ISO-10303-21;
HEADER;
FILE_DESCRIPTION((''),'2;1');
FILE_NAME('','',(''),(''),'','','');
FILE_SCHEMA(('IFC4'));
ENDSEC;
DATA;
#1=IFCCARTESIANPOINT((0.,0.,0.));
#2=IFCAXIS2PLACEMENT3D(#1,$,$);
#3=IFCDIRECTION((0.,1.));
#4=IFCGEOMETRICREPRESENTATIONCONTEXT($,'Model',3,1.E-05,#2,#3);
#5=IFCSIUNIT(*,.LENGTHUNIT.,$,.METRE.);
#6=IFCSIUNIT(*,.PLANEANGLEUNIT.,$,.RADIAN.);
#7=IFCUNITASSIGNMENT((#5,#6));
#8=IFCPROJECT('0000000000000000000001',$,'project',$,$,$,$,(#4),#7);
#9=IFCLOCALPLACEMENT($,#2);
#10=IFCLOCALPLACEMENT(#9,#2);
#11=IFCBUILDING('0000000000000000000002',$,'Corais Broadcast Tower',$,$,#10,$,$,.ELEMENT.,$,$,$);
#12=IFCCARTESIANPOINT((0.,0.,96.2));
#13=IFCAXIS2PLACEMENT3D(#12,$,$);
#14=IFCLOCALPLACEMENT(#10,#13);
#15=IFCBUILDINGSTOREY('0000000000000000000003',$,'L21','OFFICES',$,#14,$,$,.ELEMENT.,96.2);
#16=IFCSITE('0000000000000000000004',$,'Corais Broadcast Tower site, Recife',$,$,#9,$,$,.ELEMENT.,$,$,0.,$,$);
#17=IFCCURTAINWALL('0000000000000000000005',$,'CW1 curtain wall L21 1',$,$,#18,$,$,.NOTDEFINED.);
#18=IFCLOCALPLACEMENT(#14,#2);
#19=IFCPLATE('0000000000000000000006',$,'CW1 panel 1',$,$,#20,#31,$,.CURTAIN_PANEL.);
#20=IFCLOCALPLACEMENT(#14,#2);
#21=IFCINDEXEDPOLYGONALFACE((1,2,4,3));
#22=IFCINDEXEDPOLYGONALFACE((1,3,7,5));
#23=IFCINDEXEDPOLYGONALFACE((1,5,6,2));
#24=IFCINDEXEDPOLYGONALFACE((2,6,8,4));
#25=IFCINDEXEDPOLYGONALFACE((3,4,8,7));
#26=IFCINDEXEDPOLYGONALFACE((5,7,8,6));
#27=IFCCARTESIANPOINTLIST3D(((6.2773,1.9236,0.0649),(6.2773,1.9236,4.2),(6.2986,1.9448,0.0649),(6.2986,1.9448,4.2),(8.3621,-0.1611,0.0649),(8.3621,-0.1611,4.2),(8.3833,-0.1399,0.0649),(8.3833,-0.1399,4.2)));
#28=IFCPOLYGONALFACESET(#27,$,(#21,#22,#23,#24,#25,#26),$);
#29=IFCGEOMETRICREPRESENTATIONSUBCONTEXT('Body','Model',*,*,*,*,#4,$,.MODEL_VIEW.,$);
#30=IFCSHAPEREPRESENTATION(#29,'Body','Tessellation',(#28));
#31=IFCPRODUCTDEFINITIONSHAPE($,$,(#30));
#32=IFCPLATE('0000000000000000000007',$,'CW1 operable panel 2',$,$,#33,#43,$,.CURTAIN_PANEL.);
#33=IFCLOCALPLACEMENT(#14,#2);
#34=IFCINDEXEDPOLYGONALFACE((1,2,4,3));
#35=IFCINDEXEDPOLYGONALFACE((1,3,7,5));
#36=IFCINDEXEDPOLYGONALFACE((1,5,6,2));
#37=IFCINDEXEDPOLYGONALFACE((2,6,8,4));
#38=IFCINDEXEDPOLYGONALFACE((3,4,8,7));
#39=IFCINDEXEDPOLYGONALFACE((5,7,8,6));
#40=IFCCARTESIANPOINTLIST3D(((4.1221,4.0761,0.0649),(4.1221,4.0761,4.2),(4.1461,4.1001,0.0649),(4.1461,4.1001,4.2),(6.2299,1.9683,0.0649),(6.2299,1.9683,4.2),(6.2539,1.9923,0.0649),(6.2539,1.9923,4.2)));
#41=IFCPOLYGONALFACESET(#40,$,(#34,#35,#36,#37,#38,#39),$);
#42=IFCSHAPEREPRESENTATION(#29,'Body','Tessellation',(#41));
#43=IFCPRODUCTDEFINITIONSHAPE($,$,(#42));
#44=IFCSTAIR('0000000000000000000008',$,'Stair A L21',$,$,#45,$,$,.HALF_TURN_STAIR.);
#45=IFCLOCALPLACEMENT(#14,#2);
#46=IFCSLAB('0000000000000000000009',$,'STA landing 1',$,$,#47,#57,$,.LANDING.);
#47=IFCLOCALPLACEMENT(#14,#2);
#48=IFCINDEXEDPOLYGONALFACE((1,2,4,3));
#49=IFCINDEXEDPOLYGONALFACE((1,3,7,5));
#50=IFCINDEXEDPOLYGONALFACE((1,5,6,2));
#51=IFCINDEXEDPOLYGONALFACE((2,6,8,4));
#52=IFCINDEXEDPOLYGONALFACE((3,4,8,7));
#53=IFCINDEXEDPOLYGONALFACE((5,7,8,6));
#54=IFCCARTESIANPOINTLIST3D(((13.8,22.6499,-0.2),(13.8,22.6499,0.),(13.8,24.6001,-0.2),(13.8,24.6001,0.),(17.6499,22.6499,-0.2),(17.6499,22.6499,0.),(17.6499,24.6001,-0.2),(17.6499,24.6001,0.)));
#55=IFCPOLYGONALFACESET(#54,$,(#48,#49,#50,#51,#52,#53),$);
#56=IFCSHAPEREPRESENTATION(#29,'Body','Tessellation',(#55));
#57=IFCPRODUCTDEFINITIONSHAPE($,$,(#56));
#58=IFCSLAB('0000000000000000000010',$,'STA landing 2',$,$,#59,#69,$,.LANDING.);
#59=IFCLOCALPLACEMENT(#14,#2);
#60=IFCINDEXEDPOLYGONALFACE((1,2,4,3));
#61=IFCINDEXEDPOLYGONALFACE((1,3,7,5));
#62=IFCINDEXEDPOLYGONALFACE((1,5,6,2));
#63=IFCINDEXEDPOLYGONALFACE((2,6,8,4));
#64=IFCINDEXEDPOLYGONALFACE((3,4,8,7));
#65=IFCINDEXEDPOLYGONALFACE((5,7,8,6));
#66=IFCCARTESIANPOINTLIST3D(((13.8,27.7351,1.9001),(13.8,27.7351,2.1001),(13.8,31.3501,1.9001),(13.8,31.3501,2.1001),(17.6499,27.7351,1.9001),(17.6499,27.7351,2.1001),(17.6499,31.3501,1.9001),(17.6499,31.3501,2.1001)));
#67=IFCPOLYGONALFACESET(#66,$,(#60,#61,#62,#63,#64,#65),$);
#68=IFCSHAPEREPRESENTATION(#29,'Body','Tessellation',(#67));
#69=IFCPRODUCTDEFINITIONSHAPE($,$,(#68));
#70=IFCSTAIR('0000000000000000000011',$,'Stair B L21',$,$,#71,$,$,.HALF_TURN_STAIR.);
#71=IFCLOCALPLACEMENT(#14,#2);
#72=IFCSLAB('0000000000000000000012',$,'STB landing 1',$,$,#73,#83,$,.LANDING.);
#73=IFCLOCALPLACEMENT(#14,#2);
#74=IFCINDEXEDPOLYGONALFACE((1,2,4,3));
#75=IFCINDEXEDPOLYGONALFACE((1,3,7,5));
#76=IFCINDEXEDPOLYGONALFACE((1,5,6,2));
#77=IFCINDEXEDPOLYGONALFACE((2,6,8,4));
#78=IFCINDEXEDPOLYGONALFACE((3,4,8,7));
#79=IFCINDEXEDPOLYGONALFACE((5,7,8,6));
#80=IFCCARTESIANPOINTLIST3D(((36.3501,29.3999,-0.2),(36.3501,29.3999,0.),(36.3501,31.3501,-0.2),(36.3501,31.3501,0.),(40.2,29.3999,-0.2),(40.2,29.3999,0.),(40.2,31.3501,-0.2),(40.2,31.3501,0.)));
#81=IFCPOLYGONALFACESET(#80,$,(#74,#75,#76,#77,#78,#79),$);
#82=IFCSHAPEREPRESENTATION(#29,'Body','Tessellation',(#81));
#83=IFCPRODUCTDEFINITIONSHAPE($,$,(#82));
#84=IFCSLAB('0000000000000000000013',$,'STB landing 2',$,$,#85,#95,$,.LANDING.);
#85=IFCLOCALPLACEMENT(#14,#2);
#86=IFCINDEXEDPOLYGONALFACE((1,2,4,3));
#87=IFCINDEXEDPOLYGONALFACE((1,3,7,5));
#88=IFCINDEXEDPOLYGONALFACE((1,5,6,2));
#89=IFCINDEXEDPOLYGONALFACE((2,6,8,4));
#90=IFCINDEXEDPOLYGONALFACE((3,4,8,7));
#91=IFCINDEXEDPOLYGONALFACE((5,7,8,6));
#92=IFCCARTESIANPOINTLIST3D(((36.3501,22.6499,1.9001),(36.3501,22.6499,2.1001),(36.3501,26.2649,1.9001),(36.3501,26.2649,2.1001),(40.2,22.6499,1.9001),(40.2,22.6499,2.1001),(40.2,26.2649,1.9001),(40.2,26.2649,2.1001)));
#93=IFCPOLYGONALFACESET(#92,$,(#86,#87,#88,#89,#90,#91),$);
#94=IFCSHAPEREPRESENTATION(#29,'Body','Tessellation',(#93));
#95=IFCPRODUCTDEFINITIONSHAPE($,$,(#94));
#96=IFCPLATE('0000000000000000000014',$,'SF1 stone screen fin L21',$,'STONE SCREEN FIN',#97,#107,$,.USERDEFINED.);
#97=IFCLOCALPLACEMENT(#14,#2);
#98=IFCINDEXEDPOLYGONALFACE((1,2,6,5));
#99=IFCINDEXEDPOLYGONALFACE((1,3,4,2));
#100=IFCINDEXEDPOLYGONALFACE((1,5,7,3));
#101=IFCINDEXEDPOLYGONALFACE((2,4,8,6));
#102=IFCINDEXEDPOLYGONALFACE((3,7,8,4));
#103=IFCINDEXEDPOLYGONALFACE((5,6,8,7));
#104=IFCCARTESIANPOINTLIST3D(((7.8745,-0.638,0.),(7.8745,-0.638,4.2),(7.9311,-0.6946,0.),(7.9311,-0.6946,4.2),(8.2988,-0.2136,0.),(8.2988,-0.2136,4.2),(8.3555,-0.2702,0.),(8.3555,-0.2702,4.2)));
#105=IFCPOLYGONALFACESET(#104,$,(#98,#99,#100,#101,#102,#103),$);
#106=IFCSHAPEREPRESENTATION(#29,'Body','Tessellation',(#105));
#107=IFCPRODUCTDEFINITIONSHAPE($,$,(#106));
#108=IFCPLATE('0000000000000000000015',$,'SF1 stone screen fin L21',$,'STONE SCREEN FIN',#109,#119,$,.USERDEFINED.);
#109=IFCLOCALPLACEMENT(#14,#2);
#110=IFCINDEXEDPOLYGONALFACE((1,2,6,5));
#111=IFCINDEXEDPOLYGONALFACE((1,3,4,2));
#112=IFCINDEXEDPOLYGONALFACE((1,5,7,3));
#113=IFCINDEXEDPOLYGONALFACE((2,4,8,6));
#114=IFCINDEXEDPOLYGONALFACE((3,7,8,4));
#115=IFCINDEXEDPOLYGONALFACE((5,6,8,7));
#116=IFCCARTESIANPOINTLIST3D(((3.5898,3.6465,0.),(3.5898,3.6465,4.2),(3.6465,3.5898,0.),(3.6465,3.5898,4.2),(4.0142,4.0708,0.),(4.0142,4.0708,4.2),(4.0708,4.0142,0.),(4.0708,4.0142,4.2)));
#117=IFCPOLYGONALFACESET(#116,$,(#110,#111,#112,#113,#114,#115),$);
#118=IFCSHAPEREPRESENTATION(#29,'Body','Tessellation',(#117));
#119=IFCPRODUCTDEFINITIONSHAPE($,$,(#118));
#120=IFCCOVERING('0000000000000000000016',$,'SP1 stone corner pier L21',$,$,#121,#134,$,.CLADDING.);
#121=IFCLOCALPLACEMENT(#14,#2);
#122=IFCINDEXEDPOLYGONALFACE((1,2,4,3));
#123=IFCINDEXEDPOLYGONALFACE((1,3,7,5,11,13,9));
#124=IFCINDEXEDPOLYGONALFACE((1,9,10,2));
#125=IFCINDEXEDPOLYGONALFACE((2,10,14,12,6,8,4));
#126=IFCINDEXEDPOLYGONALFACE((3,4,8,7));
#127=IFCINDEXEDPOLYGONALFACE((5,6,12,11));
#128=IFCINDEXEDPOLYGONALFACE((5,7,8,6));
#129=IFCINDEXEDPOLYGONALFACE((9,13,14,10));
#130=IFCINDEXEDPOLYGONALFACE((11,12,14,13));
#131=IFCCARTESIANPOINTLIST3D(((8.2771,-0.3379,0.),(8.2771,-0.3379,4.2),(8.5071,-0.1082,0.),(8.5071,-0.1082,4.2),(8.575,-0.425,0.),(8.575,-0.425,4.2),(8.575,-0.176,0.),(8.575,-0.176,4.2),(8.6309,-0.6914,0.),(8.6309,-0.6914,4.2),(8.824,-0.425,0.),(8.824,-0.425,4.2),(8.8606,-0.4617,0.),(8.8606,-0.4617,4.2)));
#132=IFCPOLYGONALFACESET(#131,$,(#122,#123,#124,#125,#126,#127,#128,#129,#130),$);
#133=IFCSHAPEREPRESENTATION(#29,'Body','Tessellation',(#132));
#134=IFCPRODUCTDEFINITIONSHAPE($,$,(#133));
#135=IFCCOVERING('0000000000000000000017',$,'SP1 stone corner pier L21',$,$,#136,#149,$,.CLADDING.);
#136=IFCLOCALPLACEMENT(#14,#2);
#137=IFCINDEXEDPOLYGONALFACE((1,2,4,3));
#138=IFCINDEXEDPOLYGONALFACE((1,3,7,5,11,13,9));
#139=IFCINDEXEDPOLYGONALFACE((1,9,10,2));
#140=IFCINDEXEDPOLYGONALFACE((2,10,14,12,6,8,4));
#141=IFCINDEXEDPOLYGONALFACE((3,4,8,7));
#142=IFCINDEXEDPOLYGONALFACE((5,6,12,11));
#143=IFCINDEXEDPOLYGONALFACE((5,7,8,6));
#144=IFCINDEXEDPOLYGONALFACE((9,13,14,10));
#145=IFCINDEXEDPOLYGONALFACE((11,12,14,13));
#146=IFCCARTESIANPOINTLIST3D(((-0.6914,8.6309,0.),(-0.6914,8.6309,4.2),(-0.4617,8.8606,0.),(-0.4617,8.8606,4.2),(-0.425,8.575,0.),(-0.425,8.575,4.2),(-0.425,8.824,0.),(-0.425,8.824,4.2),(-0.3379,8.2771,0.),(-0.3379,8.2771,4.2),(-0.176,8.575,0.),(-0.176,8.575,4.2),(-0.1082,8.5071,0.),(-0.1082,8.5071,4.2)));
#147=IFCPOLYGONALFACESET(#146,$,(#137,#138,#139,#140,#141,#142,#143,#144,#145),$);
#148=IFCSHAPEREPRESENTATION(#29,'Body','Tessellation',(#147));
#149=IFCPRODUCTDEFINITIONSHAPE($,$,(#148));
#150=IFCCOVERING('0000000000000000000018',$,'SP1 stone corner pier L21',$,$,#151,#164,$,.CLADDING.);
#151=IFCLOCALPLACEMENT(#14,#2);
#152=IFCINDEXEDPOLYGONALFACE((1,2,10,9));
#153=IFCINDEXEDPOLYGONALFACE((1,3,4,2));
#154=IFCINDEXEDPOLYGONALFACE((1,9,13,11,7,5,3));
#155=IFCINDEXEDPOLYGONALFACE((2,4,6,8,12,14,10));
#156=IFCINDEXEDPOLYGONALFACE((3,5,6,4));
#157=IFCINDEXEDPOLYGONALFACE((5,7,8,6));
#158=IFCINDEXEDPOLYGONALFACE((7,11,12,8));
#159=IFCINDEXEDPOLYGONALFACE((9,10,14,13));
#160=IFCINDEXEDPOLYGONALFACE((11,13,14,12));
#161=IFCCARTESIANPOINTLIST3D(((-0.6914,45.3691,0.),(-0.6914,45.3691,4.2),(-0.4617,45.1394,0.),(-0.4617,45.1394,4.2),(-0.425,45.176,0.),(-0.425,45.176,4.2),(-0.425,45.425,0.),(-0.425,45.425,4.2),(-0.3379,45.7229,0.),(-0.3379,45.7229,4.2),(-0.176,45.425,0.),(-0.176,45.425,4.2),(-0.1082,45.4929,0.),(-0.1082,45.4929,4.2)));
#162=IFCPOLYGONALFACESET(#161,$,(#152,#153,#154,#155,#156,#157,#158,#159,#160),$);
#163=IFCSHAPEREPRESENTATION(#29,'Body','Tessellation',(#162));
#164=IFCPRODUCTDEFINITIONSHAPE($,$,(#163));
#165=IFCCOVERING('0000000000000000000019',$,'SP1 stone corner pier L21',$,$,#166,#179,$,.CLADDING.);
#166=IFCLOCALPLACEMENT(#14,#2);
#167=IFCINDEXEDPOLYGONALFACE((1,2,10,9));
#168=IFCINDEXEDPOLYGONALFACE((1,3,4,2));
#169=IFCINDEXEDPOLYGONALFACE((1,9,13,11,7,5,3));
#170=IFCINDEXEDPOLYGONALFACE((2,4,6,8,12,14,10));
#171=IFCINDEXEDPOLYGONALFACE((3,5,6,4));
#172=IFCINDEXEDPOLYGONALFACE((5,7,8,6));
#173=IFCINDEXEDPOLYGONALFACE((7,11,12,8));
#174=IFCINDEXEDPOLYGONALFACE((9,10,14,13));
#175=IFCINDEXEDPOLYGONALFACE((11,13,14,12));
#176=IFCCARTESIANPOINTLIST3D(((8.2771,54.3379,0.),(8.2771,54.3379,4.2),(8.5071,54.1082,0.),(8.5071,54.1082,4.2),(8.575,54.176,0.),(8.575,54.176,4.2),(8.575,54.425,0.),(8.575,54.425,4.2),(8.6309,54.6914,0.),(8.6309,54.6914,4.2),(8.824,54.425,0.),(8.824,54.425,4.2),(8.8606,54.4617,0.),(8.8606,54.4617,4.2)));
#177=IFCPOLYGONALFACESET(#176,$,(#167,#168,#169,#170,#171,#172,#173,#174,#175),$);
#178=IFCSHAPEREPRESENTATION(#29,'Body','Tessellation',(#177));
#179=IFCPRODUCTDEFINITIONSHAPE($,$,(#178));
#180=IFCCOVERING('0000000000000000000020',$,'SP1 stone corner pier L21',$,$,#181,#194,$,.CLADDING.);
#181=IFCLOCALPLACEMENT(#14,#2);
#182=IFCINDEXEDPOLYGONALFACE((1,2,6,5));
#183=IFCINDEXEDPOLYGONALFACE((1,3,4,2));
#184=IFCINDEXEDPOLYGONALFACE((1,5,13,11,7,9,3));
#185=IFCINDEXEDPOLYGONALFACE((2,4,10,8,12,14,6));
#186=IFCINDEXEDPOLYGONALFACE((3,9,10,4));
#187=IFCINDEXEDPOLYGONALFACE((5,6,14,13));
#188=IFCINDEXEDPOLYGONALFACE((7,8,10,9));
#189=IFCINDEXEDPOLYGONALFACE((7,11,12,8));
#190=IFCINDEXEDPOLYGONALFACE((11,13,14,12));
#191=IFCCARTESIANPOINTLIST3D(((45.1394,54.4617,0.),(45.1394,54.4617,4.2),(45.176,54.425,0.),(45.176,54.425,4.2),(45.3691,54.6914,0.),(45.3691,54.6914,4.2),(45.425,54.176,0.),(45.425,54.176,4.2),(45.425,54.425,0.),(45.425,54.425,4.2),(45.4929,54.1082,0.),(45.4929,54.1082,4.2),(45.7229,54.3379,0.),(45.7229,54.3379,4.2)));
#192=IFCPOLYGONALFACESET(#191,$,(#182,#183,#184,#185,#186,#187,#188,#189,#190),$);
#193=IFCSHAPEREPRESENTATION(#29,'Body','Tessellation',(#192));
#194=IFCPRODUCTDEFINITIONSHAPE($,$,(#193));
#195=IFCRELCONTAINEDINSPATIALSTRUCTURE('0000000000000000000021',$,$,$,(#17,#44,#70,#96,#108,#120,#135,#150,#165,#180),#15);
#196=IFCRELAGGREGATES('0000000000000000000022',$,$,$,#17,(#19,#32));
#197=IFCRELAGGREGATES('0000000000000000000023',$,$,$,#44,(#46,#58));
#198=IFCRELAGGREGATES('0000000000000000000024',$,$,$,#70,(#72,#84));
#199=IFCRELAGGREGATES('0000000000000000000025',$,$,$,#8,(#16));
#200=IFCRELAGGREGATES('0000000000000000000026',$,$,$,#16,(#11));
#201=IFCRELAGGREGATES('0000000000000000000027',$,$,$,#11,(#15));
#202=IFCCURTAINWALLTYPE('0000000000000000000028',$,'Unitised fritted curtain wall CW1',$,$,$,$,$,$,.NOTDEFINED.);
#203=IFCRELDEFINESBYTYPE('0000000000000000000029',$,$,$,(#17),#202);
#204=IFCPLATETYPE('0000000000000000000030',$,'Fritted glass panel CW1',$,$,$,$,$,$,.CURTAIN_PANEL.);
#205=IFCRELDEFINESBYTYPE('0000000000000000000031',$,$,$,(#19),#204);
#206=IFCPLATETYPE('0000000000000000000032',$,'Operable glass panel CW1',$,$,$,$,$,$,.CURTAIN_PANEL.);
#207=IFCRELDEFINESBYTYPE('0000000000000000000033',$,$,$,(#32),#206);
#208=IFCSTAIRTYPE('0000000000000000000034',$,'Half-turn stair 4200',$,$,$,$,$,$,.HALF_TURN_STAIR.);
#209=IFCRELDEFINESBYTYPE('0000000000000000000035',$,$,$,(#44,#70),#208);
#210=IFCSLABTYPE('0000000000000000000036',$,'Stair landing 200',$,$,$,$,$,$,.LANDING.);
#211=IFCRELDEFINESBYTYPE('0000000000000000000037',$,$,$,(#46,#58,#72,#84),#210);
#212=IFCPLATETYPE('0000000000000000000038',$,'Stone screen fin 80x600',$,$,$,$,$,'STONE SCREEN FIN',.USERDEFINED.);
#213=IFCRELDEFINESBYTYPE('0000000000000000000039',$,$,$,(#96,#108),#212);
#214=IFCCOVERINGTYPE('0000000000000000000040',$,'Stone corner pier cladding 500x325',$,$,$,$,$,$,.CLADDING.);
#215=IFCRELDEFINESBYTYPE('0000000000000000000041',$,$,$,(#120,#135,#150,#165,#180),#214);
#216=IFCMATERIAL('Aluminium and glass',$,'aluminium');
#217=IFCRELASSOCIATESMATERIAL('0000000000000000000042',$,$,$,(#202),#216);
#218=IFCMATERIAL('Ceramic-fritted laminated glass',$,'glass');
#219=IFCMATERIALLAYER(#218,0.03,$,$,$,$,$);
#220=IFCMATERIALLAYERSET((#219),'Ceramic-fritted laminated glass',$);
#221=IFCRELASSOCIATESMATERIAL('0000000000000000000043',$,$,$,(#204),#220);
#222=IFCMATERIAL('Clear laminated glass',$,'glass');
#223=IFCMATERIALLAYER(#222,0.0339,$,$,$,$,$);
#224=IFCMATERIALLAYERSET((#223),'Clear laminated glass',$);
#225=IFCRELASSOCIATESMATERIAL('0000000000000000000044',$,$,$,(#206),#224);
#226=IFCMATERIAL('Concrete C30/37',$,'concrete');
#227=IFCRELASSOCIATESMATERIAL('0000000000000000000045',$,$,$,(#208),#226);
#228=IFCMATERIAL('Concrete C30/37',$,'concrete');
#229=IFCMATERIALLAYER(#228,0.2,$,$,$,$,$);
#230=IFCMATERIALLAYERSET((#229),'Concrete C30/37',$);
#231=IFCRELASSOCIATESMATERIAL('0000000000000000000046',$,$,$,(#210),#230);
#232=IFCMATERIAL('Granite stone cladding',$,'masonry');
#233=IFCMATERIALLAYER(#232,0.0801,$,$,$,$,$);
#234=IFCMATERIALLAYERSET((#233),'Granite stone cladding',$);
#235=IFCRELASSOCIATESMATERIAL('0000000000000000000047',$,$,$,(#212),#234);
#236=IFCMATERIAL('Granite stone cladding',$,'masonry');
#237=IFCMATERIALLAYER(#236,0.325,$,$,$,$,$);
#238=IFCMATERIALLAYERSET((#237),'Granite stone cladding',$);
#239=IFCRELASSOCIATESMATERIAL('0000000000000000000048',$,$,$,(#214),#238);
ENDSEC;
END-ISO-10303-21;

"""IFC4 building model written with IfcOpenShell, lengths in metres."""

from ifc_helpers import new_model, si_unit, direction, frame, origin, origin_2d, place, context, subcontext, project, spatial, polyline, rectangle, outline, extrude, material, layer, layer_set, type_object, element, aggregate, save


model = new_model("IFC4")

# Units and contexts
model_context = context("Model", 3, precision=1e-05, world=origin(), true_north=direction((0.0, 1.0)))
body_context = subcontext(model_context, "Body", "Model", "MODEL_VIEW")
ifc_project = project(units=[si_unit("LENGTHUNIT", "METRE"), si_unit("PLANEANGLEUNIT", "RADIAN")], contexts=[model_context])

# Site, building, storey
site_placement = place(None, origin())
site = spatial("IfcSite", under=ifc_project, at=site_placement, Name="Corais Broadcast Tower site, Recife", CompositionType="ELEMENT", RefElevation=0.0)
building_placement = place(site_placement, origin())
building = spatial("IfcBuilding", under=site, at=building_placement, Name="Corais Broadcast Tower", CompositionType="ELEMENT")
storey_placement = place(building_placement, frame((0.0, 0.0, 96.2)))
storey = spatial("IfcBuildingStorey", under=building, at=storey_placement, Name="L21", Description="OFFICES", CompositionType="ELEMENT", Elevation=96.2)

# Curtain wall
ifc_material_1 = material(Name="Aluminium and glass", Category="aluminium")
curtain_wall_type = type_object("IfcCurtainWallType", Name="Unitised fritted curtain wall CW1", PredefinedType="NOTDEFINED", material=ifc_material_1)
curtain_wall_1_placement = place(storey_placement, origin())
curtain_wall_1 = element("IfcCurtainWall", 1, at=curtain_wall_1_placement, inside=storey, type_object=curtain_wall_type, Name="CW1 curtain wall L21 1", PredefinedType="NOTDEFINED")

# Plates
ifc_material_2 = material(Name="Ceramic-fritted laminated glass", Category="glass")
ifc_layer_1 = layer(ifc_material_2, 0.03)
ifc_layer_set_1 = layer_set([ifc_layer_1], Name="Ceramic-fritted laminated glass")
plate_type_1 = type_object("IfcPlateType", Name="Fritted glass panel CW1", PredefinedType="CURTAIN_PANEL", material=ifc_layer_set_1)
plate_1_placement = place(storey_placement, frame((7.3303, 0.8918, 0.0649), z_axis=(0.0, 0.0, 1.0), x_axis=(-0.707107, 0.707107, 0.0)))
plate_1 = element("IfcPlate", 2, at=plate_1_placement, type_object=plate_type_1, Name="CW1 panel 1", PredefinedType="CURTAIN_PANEL", context=body_context, shape_type="SweptSolid", body=[
    extrude(rectangle(XDim=2.9482, YDim=0.03, at=origin_2d()), origin(), (0.0, 0.0, 1.0), 4.135),
])
ifc_material_3 = material(Name="Clear laminated glass", Category="glass")
ifc_layer_2 = layer(ifc_material_3, 0.0339)
ifc_layer_set_2 = layer_set([ifc_layer_2], Name="Clear laminated glass")
plate_type_2 = type_object("IfcPlateType", Name="Operable glass panel CW1", PredefinedType="CURTAIN_PANEL", material=ifc_layer_set_2)
plate_2_placement = place(storey_placement, frame((5.188, 3.0342, 0.0649), z_axis=(0.0, 0.0, 1.0), x_axis=(-0.707107, 0.707107, 0.0)))
plate_2 = element("IfcPlate", 3, at=plate_2_placement, type_object=plate_type_2, Name="CW1 operable panel 2", PredefinedType="CURTAIN_PANEL", context=body_context, shape_type="SweptSolid", body=[
    extrude(rectangle(XDim=2.981, YDim=0.0339, at=origin_2d()), origin(), (0.0, 0.0, 1.0), 4.135),
])
aggregate(curtain_wall_1, [plate_1, plate_2])

# Stairs, slabs
ifc_material_4 = material(Name="Concrete C30/37", Category="concrete")
stair_type = type_object("IfcStairType", Name="Half-turn stair 4200", PredefinedType="HALF_TURN_STAIR", material=ifc_material_4)
stair_1_placement = place(storey_placement, origin())
stair_1 = element("IfcStair", 4, at=stair_1_placement, inside=storey, type_object=stair_type, Name="Stair A L21", PredefinedType="HALF_TURN_STAIR")
ifc_material_5 = material(Name="Concrete C30/37", Category="concrete")
ifc_layer_3 = layer(ifc_material_5, 0.2)
ifc_layer_set_3 = layer_set([ifc_layer_3], Name="Concrete C30/37")
slab_type_1 = type_object("IfcSlabType", Name="Stair landing 200", PredefinedType="LANDING", material=ifc_layer_set_3)
slab_1_placement = place(storey_placement, frame((0.0, 0.0, -0.2)))
slab_1 = element("IfcSlab", 5, at=slab_1_placement, type_object=slab_type_1, Name="STA landing 1", PredefinedType="LANDING", context=body_context, shape_type="SweptSolid", body=[
    extrude(outline(polyline([(13.8, 22.6499), (17.6499, 22.6499), (17.6499, 24.6001), (13.8, 24.6001), (13.8, 22.6499)])), origin(), (0.0, 0.0, 1.0), 0.2),
])
slab_2_placement = place(storey_placement, frame((0.0, 0.0, 1.9001)))
slab_2 = element("IfcSlab", 6, at=slab_2_placement, type_object=slab_type_1, Name="STA landing 2", PredefinedType="LANDING", context=body_context, shape_type="SweptSolid", body=[
    extrude(outline(polyline([(13.8, 27.7351), (17.6499, 27.7351), (17.6499, 31.3501), (13.8, 31.3501), (13.8, 27.7351)])), origin(), (0.0, 0.0, 1.0), 0.2),
])
aggregate(stair_1, [slab_1, slab_2])
stair_2_placement = place(storey_placement, origin())
stair_2 = element("IfcStair", 7, at=stair_2_placement, inside=storey, type_object=stair_type, Name="Stair B L21", PredefinedType="HALF_TURN_STAIR")
slab_3_placement = place(storey_placement, frame((0.0, 0.0, -0.2)))
slab_3 = element("IfcSlab", 8, at=slab_3_placement, type_object=slab_type_1, Name="STB landing 1", PredefinedType="LANDING", context=body_context, shape_type="SweptSolid", body=[
    extrude(outline(polyline([(36.3501, 29.3999), (40.2, 29.3999), (40.2, 31.3501), (36.3501, 31.3501), (36.3501, 29.3999)])), origin(), (0.0, 0.0, 1.0), 0.2),
])
slab_4_placement = place(storey_placement, frame((0.0, 0.0, 1.9001)))
slab_4 = element("IfcSlab", 9, at=slab_4_placement, type_object=slab_type_1, Name="STB landing 2", PredefinedType="LANDING", context=body_context, shape_type="SweptSolid", body=[
    extrude(outline(polyline([(36.3501, 22.6499), (40.2, 22.6499), (40.2, 26.2649), (36.3501, 26.2649), (36.3501, 22.6499)])), origin(), (0.0, 0.0, 1.0), 0.2),
])
aggregate(stair_2, [slab_3, slab_4])

# Plates
ifc_material_6 = material(Name="Granite stone cladding", Category="masonry")
ifc_layer_4 = layer(ifc_material_6, 0.0801)
ifc_layer_set_4 = layer_set([ifc_layer_4], Name="Granite stone cladding")
plate_type_3 = type_object("IfcPlateType", Name="Stone screen fin 80x600", ElementType="STONE SCREEN FIN", PredefinedType="USERDEFINED", material=ifc_layer_set_4)
for number, where, z_axis, x_axis, name in (
    (10, (8.115, -0.4541, 0.0), (0.0, 0.0, 1.0), (-0.707107, 0.707107, 0.0), "SF1 stone screen fin L21"),
    (11, (3.8303, 3.8303, 0.0), (0.0, 0.0, 1.0), (-0.707107, 0.707107, 0.0), "SF1 stone screen fin L21"),
):
    element("IfcPlate", number, at=place(storey_placement, frame(where, z_axis=z_axis, x_axis=x_axis)), inside=storey, type_object=plate_type_3, Name=name, ObjectType="STONE SCREEN FIN", PredefinedType="USERDEFINED", context=body_context, shape_type="SweptSolid", body=[
        extrude(rectangle(XDim=0.0801, YDim=0.6001, at=origin_2d()), origin(), (0.0, 0.0, 1.0), 4.2),
    ])

# Coverings
ifc_material_7 = material(Name="Granite stone cladding", Category="masonry")
ifc_layer_5 = layer(ifc_material_7, 0.325)
ifc_layer_set_5 = layer_set([ifc_layer_5], Name="Granite stone cladding")
covering_type_1 = type_object("IfcCoveringType", Name="Stone corner pier cladding 500x325", PredefinedType="CLADDING", material=ifc_layer_set_5)
covering_1_placement = place(storey_placement, origin())
element("IfcCovering", 12, at=covering_1_placement, inside=storey, type_object=covering_type_1, Name="SP1 stone corner pier L21", PredefinedType="CLADDING", context=body_context, shape_type="SweptSolid", body=[
    extrude(outline(polyline([(8.8606, -0.4617), (8.824, -0.425), (8.575, -0.425), (8.575, -0.176), (8.5071, -0.1082), (8.2771, -0.3379), (8.6309, -0.6914), (8.8606, -0.4617)])), origin(), (0.0, 0.0, 1.0), 4.2),
])
covering_2_placement = place(storey_placement, origin())
element("IfcCovering", 13, at=covering_2_placement, inside=storey, type_object=covering_type_1, Name="SP1 stone corner pier L21", PredefinedType="CLADDING", context=body_context, shape_type="SweptSolid", body=[
    extrude(outline(polyline([(-0.425, 8.824), (-0.4617, 8.8606), (-0.6914, 8.6309), (-0.3379, 8.2771), (-0.1082, 8.5071), (-0.176, 8.575), (-0.425, 8.575), (-0.425, 8.824)])), origin(), (0.0, 0.0, 1.0), 4.2),
])
covering_3_placement = place(storey_placement, origin())
element("IfcCovering", 14, at=covering_3_placement, inside=storey, type_object=covering_type_1, Name="SP1 stone corner pier L21", PredefinedType="CLADDING", context=body_context, shape_type="SweptSolid", body=[
    extrude(outline(polyline([(-0.4617, 45.1394), (-0.425, 45.176), (-0.425, 45.425), (-0.176, 45.425), (-0.1082, 45.4929), (-0.3379, 45.7229), (-0.6914, 45.3691), (-0.4617, 45.1394)])), origin(), (0.0, 0.0, 1.0), 4.2),
])
covering_4_placement = place(storey_placement, origin())
element("IfcCovering", 15, at=covering_4_placement, inside=storey, type_object=covering_type_1, Name="SP1 stone corner pier L21", PredefinedType="CLADDING", context=body_context, shape_type="SweptSolid", body=[
    extrude(outline(polyline([(8.824, 54.425), (8.8606, 54.4617), (8.6309, 54.6914), (8.2771, 54.3379), (8.5071, 54.1082), (8.575, 54.176), (8.575, 54.425), (8.824, 54.425)])), origin(), (0.0, 0.0, 1.0), 4.2),
])
covering_5_placement = place(storey_placement, origin())
element("IfcCovering", 16, at=covering_5_placement, inside=storey, type_object=covering_type_1, Name="SP1 stone corner pier L21", PredefinedType="CLADDING", context=body_context, shape_type="SweptSolid", body=[
    extrude(outline(polyline([(45.1394, 54.4617), (45.176, 54.425), (45.425, 54.425), (45.425, 54.176), (45.4929, 54.1082), (45.7229, 54.3379), (45.3691, 54.6914), (45.1394, 54.4617)])), origin(), (0.0, 0.0, 1.0), 4.2),
])

save(model, "model.ifc")
